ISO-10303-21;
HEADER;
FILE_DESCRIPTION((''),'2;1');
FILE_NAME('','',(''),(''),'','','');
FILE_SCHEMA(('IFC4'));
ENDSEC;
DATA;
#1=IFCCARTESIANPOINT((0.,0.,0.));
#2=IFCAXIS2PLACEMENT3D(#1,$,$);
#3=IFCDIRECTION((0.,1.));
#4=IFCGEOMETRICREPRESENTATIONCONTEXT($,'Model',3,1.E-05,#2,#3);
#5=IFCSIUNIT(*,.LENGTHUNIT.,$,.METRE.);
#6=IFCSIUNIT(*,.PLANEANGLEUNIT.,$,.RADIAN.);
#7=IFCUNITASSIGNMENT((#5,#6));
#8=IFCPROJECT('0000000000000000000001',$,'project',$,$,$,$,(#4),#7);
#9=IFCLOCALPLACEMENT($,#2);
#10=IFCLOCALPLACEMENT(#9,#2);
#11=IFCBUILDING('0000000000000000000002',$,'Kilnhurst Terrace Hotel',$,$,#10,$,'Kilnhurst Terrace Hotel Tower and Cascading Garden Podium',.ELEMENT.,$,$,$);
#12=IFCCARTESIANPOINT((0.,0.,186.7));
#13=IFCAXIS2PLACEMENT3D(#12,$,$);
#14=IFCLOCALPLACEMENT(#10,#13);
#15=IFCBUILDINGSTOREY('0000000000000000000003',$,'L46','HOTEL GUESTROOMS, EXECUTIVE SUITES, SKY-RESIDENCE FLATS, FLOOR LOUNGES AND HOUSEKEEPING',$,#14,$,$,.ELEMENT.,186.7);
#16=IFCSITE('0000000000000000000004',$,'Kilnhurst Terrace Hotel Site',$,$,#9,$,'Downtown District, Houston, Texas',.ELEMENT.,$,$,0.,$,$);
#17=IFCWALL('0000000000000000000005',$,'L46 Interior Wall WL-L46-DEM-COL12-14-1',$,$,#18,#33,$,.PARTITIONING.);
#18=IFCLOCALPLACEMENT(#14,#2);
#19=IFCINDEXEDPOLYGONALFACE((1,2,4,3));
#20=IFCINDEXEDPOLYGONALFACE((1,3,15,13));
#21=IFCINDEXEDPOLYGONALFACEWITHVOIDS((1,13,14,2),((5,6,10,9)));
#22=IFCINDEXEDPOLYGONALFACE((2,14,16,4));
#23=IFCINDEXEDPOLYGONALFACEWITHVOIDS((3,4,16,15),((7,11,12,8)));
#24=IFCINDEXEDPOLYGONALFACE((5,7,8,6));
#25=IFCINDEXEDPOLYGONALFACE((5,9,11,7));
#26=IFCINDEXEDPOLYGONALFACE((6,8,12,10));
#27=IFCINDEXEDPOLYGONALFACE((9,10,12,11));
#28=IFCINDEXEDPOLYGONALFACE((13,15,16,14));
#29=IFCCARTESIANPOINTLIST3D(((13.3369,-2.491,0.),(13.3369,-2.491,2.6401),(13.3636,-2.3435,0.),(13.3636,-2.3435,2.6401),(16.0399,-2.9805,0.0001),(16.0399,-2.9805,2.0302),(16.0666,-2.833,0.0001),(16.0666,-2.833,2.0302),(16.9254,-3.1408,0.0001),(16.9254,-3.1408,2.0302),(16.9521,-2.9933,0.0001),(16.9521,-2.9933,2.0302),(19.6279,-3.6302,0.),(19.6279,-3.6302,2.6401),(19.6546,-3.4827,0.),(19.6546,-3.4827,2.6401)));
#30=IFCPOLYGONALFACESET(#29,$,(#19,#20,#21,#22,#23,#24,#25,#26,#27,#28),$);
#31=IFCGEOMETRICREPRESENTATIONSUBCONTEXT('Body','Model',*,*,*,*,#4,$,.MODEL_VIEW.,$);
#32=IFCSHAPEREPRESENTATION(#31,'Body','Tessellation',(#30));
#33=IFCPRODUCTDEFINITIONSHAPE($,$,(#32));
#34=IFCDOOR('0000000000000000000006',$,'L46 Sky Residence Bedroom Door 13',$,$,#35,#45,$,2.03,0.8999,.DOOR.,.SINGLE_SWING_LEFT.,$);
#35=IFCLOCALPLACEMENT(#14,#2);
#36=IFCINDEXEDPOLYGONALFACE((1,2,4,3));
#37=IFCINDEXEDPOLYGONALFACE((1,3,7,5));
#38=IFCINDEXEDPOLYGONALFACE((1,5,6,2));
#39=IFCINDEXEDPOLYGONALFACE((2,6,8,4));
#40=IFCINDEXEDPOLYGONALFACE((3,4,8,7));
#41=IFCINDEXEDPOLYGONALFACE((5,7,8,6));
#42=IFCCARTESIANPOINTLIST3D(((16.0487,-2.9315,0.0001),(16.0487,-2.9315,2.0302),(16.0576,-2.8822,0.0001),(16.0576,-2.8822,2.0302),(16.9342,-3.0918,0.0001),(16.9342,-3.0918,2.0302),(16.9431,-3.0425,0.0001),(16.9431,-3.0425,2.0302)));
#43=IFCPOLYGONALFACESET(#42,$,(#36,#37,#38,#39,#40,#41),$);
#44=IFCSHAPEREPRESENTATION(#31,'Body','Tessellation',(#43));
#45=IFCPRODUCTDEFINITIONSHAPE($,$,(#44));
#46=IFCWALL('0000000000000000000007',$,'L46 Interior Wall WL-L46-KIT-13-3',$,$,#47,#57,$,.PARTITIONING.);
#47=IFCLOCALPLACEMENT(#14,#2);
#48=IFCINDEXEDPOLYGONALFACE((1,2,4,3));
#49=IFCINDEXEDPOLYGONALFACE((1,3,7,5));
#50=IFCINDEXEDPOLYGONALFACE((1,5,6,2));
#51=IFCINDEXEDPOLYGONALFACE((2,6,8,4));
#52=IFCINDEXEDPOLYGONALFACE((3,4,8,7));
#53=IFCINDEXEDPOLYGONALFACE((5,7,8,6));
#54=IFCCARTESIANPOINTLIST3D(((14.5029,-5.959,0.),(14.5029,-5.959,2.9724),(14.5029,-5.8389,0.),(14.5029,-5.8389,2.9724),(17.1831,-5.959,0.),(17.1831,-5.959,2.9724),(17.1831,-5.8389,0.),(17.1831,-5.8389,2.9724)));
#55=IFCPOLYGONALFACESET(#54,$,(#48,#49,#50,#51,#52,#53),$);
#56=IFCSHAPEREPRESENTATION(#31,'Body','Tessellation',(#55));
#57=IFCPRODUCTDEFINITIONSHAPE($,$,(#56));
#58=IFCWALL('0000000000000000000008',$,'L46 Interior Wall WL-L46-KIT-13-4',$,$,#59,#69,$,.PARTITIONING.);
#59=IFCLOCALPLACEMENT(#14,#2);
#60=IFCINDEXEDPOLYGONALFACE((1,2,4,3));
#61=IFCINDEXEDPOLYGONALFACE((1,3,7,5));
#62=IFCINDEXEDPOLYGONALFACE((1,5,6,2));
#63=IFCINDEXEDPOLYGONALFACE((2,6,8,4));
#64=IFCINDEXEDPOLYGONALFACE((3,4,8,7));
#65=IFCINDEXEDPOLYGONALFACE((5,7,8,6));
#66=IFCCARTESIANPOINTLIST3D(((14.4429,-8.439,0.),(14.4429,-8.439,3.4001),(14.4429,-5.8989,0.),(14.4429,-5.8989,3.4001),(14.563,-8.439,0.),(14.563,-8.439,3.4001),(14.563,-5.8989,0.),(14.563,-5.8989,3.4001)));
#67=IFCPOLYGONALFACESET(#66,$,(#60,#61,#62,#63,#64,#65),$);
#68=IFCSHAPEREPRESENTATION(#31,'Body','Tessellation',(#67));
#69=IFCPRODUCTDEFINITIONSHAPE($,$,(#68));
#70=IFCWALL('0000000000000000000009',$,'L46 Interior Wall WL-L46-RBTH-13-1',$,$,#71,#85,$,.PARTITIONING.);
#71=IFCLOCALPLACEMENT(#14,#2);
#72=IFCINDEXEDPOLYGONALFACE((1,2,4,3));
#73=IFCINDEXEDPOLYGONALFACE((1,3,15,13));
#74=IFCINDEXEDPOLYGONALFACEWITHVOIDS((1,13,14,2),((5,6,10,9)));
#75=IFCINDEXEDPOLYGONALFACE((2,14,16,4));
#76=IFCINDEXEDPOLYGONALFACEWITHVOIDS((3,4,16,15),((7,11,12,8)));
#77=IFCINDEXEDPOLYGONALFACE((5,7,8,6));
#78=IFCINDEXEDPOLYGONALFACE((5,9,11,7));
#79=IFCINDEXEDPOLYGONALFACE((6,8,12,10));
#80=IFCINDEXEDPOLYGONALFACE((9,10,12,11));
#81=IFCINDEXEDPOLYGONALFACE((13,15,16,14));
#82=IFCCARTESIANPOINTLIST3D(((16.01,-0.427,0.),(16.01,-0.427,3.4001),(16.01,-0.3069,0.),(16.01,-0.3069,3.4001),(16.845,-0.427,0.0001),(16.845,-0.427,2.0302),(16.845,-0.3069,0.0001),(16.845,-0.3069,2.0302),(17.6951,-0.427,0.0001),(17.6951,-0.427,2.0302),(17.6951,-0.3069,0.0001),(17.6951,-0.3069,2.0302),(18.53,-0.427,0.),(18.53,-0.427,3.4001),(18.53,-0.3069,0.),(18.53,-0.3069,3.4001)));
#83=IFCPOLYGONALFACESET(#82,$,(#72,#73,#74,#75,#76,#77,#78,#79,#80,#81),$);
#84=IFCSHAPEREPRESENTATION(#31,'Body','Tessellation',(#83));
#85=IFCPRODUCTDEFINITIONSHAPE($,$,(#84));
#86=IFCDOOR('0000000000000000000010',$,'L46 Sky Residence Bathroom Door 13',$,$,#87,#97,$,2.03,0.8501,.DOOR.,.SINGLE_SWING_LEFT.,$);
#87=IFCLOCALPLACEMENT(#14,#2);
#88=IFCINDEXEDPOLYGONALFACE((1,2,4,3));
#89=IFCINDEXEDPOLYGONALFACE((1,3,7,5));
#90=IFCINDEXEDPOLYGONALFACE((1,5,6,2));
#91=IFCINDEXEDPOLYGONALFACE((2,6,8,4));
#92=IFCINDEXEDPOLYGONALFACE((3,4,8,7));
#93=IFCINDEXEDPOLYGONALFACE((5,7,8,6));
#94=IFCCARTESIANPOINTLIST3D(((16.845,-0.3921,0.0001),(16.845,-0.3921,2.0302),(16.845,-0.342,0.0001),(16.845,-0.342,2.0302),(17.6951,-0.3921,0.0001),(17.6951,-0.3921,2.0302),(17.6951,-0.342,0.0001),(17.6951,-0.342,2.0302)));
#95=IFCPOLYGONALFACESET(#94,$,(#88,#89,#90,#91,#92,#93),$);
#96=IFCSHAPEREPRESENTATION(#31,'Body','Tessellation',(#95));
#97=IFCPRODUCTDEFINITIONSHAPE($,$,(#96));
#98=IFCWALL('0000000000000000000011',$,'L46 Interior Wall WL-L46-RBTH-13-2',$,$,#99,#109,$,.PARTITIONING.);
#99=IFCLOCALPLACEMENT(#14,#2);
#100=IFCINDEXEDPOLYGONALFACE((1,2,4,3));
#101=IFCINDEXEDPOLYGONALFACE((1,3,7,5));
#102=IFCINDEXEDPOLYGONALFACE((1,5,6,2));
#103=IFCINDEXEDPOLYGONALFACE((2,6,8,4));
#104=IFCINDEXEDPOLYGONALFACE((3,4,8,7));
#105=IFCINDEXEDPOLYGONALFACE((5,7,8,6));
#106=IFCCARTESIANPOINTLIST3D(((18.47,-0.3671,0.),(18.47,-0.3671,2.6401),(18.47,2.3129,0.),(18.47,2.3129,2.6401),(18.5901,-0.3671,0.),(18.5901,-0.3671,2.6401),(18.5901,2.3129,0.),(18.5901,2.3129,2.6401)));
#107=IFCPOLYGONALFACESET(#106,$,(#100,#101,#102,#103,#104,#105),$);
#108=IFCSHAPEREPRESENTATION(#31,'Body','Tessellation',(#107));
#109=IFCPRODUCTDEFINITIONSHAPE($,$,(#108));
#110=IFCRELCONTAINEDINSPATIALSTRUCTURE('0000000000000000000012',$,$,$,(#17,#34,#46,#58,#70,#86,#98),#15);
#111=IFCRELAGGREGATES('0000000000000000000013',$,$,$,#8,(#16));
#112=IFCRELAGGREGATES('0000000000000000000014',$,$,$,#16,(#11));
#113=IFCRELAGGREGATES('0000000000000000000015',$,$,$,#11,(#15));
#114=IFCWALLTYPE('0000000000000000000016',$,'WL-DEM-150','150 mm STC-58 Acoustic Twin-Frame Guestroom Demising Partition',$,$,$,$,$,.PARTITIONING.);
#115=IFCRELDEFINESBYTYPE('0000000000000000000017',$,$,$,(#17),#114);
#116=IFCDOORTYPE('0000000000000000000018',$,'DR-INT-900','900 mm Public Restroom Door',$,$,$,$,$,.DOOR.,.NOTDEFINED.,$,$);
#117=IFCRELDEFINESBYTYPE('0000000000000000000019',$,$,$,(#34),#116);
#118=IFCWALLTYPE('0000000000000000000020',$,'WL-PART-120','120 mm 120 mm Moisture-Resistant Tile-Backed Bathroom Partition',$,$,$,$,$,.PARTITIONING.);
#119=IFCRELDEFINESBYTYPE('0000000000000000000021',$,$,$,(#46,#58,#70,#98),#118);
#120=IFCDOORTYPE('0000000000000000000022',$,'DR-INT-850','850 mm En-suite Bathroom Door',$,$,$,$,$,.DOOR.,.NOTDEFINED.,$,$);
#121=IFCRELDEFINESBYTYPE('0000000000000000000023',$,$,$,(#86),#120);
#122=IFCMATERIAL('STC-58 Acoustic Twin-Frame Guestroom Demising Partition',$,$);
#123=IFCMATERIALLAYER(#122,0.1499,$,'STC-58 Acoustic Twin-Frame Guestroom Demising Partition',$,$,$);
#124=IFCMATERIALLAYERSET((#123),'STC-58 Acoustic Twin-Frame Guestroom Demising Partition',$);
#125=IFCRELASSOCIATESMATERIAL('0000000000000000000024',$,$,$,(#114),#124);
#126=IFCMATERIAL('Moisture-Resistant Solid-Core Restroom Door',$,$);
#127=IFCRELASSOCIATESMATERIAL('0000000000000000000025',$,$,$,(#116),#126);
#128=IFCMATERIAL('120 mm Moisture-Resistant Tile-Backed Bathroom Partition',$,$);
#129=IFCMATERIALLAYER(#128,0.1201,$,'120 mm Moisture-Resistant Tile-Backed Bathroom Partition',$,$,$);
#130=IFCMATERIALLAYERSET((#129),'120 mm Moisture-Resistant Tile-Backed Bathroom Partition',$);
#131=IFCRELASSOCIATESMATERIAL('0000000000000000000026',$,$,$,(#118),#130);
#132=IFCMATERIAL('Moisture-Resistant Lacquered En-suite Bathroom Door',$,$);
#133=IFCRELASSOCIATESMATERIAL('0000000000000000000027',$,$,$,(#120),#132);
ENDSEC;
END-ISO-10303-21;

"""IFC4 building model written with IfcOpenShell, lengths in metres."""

from ifc_helpers import new_model, si_unit, direction, frame, frame_2d, origin, place, context, subcontext, project, spatial, rectangle, extrude, material, layer, layer_set, type_object, element, fill, save


model = new_model("IFC4")

# Units and contexts
model_context = context("Model", 3, precision=1e-05, world=origin(), true_north=direction((0.0, 1.0)))
body_context = subcontext(model_context, "Body", "Model", "MODEL_VIEW")
ifc_project = project(units=[si_unit("LENGTHUNIT", "METRE"), si_unit("PLANEANGLEUNIT", "RADIAN")], contexts=[model_context])

# Site, building, storey
site_placement = place(None, origin())
site = spatial("IfcSite", under=ifc_project, at=site_placement, Name="Kilnhurst Terrace Hotel Site", LongName="Downtown District, Houston, Texas", CompositionType="ELEMENT", RefElevation=0.0)
building_placement = place(site_placement, origin())
building = spatial("IfcBuilding", under=site, at=building_placement, Name="Kilnhurst Terrace Hotel", LongName="Kilnhurst Terrace Hotel Tower and Cascading Garden Podium", CompositionType="ELEMENT")
storey_placement = place(building_placement, frame((0.0, 0.0, 186.7)))
storey = spatial("IfcBuildingStorey", under=building, at=storey_placement, Name="L46", Description="HOTEL GUESTROOMS, EXECUTIVE SUITES, SKY-RESIDENCE FLATS, FLOOR LOUNGES AND HOUSEKEEPING", CompositionType="ELEMENT", Elevation=186.7)

# Wall, opening, door
ifc_material_1 = material(Name="STC-58 Acoustic Twin-Frame Guestroom Demising Partition")
ifc_layer_1 = layer(ifc_material_1, 0.1499, Name="STC-58 Acoustic Twin-Frame Guestroom Demising Partition")
ifc_layer_set_1 = layer_set([ifc_layer_1], Name="STC-58 Acoustic Twin-Frame Guestroom Demising Partition")
wall_type_1 = type_object("IfcWallType", Name="WL-DEM-150", Description="150 mm STC-58 Acoustic Twin-Frame Guestroom Demising Partition", PredefinedType="PARTITIONING", material=ifc_layer_set_1)
wall_1_placement = place(storey_placement, frame((13.3501, -2.4172, 0.0), z_axis=(0.0, 0.0, 1.0), x_axis=(0.983998, -0.17818, 0.0)))
wall_1 = element("IfcWall", 1, at=wall_1_placement, inside=storey, type_object=wall_type_1, Name="L46 Interior Wall WL-L46-DEM-COL12-14-1", PredefinedType="PARTITIONING", context=body_context, shape_type="SweptSolid", body=[
    extrude(rectangle(XDim=6.3933, YDim=0.1499, at=frame_2d((3.1968, 0.0))), origin(), (0.0, 0.0, 1.0), 2.6401),
])
opening_1_placement = place(wall_1_placement, frame((2.7471, 0.0, 0.0)))
opening_1 = element("IfcOpeningElement", 2, at=opening_1_placement, cuts=wall_1, PredefinedType="OPENING", context=body_context, shape_type="SweptSolid", body=[
    extrude(rectangle(XDim=0.8999, YDim=2.03, at=frame_2d((0.45, 1.0151))), frame((0.0, 0.085, 0.0), z_axis=(0.0, -1.0, 0.0), x_axis=(1.0, 0.0, 0.0)), (0.0, 0.0, 1.0), 0.1699),
])
ifc_material_2 = material(Name="Moisture-Resistant Solid-Core Restroom Door")
door_type_1 = type_object("IfcDoorType", Name="DR-INT-900", Description="900 mm Public Restroom Door", OperationType="NOTDEFINED", PredefinedType="DOOR", material=ifc_material_2)
door_1_placement = place(opening_1_placement, origin())
door_1 = element("IfcDoor", 3, at=door_1_placement, inside=storey, type_object=door_type_1, Name="L46 Sky Residence Bedroom Door 13", OperationType="SINGLE_SWING_LEFT", OverallHeight=2.03, OverallWidth=0.8999, PredefinedType="DOOR", context=body_context, shape_type="SweptSolid", body=[
    extrude(rectangle(XDim=0.8999, YDim=2.03, at=frame_2d((0.45, 1.0151))), frame((0.0, 0.0249, 0.0), z_axis=(0.0, -1.0, 0.0), x_axis=(1.0, 0.0, 0.0)), (0.0, 0.0, 1.0), 0.05),
])
fill(opening_1, door_1)

# Walls
ifc_material_3 = material(Name="120 mm Moisture-Resistant Tile-Backed Bathroom Partition")
ifc_layer_2 = layer(ifc_material_3, 0.1201, Name="120 mm Moisture-Resistant Tile-Backed Bathroom Partition")
ifc_layer_set_2 = layer_set([ifc_layer_2], Name="120 mm Moisture-Resistant Tile-Backed Bathroom Partition")
wall_type_2 = type_object("IfcWallType", Name="WL-PART-120", Description="120 mm 120 mm Moisture-Resistant Tile-Backed Bathroom Partition", PredefinedType="PARTITIONING", material=ifc_layer_set_2)
wall_2_placement = place(storey_placement, frame((17.1831, -5.8989, 0.0), z_axis=(0.0, 0.0, 1.0), x_axis=(-1.0, 0.0, 0.0)))
element("IfcWall", 4, at=wall_2_placement, inside=storey, type_object=wall_type_2, Name="L46 Interior Wall WL-L46-KIT-13-3", PredefinedType="PARTITIONING", context=body_context, shape_type="SweptSolid", body=[
    extrude(rectangle(XDim=2.6802, YDim=0.1201, at=frame_2d((1.3401, 0.0))), origin(), (0.0, 0.0, 1.0), 2.9724),
])
wall_3_placement = place(storey_placement, frame((14.5029, -5.8989, 0.0), z_axis=(0.0, 0.0, 1.0), x_axis=(0.0, -1.0, 0.0)))
element("IfcWall", 5, at=wall_3_placement, inside=storey, type_object=wall_type_2, Name="L46 Interior Wall WL-L46-KIT-13-4", PredefinedType="PARTITIONING", context=body_context, shape_type="SweptSolid", body=[
    extrude(rectangle(XDim=2.54, YDim=0.1201, at=frame_2d((1.27, 0.0))), origin(), (0.0, 0.0, 1.0), 3.4001),
])

# Wall, opening, door
wall_4_placement = place(storey_placement, frame((16.01, -0.3669, 0.0), z_axis=(0.0, 0.0, 1.0), x_axis=(1.0, 0.0, 0.0)))
wall_4 = element("IfcWall", 6, at=wall_4_placement, inside=storey, type_object=wall_type_2, Name="L46 Interior Wall WL-L46-RBTH-13-1", PredefinedType="PARTITIONING", context=body_context, shape_type="SweptSolid", body=[
    extrude(rectangle(XDim=2.52, YDim=0.1201, at=frame_2d((1.26, 0.0))), origin(), (0.0, 0.0, 1.0), 3.4001),
])
opening_2_placement = place(wall_4_placement, frame((0.835, 0.0, 0.0)))
opening_2 = element("IfcOpeningElement", 7, at=opening_2_placement, cuts=wall_4, PredefinedType="OPENING", context=body_context, shape_type="SweptSolid", body=[
    extrude(rectangle(XDim=0.8501, YDim=2.03, at=frame_2d((0.425, 1.0151))), frame((0.0, 0.0701, 0.0), z_axis=(0.0, -1.0, 0.0), x_axis=(1.0, 0.0, 0.0)), (0.0, 0.0, 1.0), 0.1401),
])
ifc_material_4 = material(Name="Moisture-Resistant Lacquered En-suite Bathroom Door")
door_type_2 = type_object("IfcDoorType", Name="DR-INT-850", Description="850 mm En-suite Bathroom Door", OperationType="NOTDEFINED", PredefinedType="DOOR", material=ifc_material_4)
door_2_placement = place(opening_2_placement, origin())
door_2 = element("IfcDoor", 8, at=door_2_placement, inside=storey, type_object=door_type_2, Name="L46 Sky Residence Bathroom Door 13", OperationType="SINGLE_SWING_LEFT", OverallHeight=2.03, OverallWidth=0.8501, PredefinedType="DOOR", context=body_context, shape_type="SweptSolid", body=[
    extrude(rectangle(XDim=0.8501, YDim=2.03, at=frame_2d((0.425, 1.0151))), frame((0.0, 0.0249, 0.0), z_axis=(0.0, -1.0, 0.0), x_axis=(1.0, 0.0, 0.0)), (0.0, 0.0, 1.0), 0.05),
])
fill(opening_2, door_2)

# Wall
wall_5_placement = place(storey_placement, frame((18.53, -0.3669, 0.0), z_axis=(0.0, 0.0, 1.0), x_axis=(0.0, 1.0, 0.0)))
element("IfcWall", 9, at=wall_5_placement, inside=storey, type_object=wall_type_2, Name="L46 Interior Wall WL-L46-RBTH-13-2", PredefinedType="PARTITIONING", context=body_context, shape_type="SweptSolid", body=[
    extrude(rectangle(XDim=2.6799, YDim=0.1201, at=frame_2d((1.3398, 0.0))), origin(), (0.0, 0.0, 1.0), 2.6401),
])

save(model, "model.ifc")
